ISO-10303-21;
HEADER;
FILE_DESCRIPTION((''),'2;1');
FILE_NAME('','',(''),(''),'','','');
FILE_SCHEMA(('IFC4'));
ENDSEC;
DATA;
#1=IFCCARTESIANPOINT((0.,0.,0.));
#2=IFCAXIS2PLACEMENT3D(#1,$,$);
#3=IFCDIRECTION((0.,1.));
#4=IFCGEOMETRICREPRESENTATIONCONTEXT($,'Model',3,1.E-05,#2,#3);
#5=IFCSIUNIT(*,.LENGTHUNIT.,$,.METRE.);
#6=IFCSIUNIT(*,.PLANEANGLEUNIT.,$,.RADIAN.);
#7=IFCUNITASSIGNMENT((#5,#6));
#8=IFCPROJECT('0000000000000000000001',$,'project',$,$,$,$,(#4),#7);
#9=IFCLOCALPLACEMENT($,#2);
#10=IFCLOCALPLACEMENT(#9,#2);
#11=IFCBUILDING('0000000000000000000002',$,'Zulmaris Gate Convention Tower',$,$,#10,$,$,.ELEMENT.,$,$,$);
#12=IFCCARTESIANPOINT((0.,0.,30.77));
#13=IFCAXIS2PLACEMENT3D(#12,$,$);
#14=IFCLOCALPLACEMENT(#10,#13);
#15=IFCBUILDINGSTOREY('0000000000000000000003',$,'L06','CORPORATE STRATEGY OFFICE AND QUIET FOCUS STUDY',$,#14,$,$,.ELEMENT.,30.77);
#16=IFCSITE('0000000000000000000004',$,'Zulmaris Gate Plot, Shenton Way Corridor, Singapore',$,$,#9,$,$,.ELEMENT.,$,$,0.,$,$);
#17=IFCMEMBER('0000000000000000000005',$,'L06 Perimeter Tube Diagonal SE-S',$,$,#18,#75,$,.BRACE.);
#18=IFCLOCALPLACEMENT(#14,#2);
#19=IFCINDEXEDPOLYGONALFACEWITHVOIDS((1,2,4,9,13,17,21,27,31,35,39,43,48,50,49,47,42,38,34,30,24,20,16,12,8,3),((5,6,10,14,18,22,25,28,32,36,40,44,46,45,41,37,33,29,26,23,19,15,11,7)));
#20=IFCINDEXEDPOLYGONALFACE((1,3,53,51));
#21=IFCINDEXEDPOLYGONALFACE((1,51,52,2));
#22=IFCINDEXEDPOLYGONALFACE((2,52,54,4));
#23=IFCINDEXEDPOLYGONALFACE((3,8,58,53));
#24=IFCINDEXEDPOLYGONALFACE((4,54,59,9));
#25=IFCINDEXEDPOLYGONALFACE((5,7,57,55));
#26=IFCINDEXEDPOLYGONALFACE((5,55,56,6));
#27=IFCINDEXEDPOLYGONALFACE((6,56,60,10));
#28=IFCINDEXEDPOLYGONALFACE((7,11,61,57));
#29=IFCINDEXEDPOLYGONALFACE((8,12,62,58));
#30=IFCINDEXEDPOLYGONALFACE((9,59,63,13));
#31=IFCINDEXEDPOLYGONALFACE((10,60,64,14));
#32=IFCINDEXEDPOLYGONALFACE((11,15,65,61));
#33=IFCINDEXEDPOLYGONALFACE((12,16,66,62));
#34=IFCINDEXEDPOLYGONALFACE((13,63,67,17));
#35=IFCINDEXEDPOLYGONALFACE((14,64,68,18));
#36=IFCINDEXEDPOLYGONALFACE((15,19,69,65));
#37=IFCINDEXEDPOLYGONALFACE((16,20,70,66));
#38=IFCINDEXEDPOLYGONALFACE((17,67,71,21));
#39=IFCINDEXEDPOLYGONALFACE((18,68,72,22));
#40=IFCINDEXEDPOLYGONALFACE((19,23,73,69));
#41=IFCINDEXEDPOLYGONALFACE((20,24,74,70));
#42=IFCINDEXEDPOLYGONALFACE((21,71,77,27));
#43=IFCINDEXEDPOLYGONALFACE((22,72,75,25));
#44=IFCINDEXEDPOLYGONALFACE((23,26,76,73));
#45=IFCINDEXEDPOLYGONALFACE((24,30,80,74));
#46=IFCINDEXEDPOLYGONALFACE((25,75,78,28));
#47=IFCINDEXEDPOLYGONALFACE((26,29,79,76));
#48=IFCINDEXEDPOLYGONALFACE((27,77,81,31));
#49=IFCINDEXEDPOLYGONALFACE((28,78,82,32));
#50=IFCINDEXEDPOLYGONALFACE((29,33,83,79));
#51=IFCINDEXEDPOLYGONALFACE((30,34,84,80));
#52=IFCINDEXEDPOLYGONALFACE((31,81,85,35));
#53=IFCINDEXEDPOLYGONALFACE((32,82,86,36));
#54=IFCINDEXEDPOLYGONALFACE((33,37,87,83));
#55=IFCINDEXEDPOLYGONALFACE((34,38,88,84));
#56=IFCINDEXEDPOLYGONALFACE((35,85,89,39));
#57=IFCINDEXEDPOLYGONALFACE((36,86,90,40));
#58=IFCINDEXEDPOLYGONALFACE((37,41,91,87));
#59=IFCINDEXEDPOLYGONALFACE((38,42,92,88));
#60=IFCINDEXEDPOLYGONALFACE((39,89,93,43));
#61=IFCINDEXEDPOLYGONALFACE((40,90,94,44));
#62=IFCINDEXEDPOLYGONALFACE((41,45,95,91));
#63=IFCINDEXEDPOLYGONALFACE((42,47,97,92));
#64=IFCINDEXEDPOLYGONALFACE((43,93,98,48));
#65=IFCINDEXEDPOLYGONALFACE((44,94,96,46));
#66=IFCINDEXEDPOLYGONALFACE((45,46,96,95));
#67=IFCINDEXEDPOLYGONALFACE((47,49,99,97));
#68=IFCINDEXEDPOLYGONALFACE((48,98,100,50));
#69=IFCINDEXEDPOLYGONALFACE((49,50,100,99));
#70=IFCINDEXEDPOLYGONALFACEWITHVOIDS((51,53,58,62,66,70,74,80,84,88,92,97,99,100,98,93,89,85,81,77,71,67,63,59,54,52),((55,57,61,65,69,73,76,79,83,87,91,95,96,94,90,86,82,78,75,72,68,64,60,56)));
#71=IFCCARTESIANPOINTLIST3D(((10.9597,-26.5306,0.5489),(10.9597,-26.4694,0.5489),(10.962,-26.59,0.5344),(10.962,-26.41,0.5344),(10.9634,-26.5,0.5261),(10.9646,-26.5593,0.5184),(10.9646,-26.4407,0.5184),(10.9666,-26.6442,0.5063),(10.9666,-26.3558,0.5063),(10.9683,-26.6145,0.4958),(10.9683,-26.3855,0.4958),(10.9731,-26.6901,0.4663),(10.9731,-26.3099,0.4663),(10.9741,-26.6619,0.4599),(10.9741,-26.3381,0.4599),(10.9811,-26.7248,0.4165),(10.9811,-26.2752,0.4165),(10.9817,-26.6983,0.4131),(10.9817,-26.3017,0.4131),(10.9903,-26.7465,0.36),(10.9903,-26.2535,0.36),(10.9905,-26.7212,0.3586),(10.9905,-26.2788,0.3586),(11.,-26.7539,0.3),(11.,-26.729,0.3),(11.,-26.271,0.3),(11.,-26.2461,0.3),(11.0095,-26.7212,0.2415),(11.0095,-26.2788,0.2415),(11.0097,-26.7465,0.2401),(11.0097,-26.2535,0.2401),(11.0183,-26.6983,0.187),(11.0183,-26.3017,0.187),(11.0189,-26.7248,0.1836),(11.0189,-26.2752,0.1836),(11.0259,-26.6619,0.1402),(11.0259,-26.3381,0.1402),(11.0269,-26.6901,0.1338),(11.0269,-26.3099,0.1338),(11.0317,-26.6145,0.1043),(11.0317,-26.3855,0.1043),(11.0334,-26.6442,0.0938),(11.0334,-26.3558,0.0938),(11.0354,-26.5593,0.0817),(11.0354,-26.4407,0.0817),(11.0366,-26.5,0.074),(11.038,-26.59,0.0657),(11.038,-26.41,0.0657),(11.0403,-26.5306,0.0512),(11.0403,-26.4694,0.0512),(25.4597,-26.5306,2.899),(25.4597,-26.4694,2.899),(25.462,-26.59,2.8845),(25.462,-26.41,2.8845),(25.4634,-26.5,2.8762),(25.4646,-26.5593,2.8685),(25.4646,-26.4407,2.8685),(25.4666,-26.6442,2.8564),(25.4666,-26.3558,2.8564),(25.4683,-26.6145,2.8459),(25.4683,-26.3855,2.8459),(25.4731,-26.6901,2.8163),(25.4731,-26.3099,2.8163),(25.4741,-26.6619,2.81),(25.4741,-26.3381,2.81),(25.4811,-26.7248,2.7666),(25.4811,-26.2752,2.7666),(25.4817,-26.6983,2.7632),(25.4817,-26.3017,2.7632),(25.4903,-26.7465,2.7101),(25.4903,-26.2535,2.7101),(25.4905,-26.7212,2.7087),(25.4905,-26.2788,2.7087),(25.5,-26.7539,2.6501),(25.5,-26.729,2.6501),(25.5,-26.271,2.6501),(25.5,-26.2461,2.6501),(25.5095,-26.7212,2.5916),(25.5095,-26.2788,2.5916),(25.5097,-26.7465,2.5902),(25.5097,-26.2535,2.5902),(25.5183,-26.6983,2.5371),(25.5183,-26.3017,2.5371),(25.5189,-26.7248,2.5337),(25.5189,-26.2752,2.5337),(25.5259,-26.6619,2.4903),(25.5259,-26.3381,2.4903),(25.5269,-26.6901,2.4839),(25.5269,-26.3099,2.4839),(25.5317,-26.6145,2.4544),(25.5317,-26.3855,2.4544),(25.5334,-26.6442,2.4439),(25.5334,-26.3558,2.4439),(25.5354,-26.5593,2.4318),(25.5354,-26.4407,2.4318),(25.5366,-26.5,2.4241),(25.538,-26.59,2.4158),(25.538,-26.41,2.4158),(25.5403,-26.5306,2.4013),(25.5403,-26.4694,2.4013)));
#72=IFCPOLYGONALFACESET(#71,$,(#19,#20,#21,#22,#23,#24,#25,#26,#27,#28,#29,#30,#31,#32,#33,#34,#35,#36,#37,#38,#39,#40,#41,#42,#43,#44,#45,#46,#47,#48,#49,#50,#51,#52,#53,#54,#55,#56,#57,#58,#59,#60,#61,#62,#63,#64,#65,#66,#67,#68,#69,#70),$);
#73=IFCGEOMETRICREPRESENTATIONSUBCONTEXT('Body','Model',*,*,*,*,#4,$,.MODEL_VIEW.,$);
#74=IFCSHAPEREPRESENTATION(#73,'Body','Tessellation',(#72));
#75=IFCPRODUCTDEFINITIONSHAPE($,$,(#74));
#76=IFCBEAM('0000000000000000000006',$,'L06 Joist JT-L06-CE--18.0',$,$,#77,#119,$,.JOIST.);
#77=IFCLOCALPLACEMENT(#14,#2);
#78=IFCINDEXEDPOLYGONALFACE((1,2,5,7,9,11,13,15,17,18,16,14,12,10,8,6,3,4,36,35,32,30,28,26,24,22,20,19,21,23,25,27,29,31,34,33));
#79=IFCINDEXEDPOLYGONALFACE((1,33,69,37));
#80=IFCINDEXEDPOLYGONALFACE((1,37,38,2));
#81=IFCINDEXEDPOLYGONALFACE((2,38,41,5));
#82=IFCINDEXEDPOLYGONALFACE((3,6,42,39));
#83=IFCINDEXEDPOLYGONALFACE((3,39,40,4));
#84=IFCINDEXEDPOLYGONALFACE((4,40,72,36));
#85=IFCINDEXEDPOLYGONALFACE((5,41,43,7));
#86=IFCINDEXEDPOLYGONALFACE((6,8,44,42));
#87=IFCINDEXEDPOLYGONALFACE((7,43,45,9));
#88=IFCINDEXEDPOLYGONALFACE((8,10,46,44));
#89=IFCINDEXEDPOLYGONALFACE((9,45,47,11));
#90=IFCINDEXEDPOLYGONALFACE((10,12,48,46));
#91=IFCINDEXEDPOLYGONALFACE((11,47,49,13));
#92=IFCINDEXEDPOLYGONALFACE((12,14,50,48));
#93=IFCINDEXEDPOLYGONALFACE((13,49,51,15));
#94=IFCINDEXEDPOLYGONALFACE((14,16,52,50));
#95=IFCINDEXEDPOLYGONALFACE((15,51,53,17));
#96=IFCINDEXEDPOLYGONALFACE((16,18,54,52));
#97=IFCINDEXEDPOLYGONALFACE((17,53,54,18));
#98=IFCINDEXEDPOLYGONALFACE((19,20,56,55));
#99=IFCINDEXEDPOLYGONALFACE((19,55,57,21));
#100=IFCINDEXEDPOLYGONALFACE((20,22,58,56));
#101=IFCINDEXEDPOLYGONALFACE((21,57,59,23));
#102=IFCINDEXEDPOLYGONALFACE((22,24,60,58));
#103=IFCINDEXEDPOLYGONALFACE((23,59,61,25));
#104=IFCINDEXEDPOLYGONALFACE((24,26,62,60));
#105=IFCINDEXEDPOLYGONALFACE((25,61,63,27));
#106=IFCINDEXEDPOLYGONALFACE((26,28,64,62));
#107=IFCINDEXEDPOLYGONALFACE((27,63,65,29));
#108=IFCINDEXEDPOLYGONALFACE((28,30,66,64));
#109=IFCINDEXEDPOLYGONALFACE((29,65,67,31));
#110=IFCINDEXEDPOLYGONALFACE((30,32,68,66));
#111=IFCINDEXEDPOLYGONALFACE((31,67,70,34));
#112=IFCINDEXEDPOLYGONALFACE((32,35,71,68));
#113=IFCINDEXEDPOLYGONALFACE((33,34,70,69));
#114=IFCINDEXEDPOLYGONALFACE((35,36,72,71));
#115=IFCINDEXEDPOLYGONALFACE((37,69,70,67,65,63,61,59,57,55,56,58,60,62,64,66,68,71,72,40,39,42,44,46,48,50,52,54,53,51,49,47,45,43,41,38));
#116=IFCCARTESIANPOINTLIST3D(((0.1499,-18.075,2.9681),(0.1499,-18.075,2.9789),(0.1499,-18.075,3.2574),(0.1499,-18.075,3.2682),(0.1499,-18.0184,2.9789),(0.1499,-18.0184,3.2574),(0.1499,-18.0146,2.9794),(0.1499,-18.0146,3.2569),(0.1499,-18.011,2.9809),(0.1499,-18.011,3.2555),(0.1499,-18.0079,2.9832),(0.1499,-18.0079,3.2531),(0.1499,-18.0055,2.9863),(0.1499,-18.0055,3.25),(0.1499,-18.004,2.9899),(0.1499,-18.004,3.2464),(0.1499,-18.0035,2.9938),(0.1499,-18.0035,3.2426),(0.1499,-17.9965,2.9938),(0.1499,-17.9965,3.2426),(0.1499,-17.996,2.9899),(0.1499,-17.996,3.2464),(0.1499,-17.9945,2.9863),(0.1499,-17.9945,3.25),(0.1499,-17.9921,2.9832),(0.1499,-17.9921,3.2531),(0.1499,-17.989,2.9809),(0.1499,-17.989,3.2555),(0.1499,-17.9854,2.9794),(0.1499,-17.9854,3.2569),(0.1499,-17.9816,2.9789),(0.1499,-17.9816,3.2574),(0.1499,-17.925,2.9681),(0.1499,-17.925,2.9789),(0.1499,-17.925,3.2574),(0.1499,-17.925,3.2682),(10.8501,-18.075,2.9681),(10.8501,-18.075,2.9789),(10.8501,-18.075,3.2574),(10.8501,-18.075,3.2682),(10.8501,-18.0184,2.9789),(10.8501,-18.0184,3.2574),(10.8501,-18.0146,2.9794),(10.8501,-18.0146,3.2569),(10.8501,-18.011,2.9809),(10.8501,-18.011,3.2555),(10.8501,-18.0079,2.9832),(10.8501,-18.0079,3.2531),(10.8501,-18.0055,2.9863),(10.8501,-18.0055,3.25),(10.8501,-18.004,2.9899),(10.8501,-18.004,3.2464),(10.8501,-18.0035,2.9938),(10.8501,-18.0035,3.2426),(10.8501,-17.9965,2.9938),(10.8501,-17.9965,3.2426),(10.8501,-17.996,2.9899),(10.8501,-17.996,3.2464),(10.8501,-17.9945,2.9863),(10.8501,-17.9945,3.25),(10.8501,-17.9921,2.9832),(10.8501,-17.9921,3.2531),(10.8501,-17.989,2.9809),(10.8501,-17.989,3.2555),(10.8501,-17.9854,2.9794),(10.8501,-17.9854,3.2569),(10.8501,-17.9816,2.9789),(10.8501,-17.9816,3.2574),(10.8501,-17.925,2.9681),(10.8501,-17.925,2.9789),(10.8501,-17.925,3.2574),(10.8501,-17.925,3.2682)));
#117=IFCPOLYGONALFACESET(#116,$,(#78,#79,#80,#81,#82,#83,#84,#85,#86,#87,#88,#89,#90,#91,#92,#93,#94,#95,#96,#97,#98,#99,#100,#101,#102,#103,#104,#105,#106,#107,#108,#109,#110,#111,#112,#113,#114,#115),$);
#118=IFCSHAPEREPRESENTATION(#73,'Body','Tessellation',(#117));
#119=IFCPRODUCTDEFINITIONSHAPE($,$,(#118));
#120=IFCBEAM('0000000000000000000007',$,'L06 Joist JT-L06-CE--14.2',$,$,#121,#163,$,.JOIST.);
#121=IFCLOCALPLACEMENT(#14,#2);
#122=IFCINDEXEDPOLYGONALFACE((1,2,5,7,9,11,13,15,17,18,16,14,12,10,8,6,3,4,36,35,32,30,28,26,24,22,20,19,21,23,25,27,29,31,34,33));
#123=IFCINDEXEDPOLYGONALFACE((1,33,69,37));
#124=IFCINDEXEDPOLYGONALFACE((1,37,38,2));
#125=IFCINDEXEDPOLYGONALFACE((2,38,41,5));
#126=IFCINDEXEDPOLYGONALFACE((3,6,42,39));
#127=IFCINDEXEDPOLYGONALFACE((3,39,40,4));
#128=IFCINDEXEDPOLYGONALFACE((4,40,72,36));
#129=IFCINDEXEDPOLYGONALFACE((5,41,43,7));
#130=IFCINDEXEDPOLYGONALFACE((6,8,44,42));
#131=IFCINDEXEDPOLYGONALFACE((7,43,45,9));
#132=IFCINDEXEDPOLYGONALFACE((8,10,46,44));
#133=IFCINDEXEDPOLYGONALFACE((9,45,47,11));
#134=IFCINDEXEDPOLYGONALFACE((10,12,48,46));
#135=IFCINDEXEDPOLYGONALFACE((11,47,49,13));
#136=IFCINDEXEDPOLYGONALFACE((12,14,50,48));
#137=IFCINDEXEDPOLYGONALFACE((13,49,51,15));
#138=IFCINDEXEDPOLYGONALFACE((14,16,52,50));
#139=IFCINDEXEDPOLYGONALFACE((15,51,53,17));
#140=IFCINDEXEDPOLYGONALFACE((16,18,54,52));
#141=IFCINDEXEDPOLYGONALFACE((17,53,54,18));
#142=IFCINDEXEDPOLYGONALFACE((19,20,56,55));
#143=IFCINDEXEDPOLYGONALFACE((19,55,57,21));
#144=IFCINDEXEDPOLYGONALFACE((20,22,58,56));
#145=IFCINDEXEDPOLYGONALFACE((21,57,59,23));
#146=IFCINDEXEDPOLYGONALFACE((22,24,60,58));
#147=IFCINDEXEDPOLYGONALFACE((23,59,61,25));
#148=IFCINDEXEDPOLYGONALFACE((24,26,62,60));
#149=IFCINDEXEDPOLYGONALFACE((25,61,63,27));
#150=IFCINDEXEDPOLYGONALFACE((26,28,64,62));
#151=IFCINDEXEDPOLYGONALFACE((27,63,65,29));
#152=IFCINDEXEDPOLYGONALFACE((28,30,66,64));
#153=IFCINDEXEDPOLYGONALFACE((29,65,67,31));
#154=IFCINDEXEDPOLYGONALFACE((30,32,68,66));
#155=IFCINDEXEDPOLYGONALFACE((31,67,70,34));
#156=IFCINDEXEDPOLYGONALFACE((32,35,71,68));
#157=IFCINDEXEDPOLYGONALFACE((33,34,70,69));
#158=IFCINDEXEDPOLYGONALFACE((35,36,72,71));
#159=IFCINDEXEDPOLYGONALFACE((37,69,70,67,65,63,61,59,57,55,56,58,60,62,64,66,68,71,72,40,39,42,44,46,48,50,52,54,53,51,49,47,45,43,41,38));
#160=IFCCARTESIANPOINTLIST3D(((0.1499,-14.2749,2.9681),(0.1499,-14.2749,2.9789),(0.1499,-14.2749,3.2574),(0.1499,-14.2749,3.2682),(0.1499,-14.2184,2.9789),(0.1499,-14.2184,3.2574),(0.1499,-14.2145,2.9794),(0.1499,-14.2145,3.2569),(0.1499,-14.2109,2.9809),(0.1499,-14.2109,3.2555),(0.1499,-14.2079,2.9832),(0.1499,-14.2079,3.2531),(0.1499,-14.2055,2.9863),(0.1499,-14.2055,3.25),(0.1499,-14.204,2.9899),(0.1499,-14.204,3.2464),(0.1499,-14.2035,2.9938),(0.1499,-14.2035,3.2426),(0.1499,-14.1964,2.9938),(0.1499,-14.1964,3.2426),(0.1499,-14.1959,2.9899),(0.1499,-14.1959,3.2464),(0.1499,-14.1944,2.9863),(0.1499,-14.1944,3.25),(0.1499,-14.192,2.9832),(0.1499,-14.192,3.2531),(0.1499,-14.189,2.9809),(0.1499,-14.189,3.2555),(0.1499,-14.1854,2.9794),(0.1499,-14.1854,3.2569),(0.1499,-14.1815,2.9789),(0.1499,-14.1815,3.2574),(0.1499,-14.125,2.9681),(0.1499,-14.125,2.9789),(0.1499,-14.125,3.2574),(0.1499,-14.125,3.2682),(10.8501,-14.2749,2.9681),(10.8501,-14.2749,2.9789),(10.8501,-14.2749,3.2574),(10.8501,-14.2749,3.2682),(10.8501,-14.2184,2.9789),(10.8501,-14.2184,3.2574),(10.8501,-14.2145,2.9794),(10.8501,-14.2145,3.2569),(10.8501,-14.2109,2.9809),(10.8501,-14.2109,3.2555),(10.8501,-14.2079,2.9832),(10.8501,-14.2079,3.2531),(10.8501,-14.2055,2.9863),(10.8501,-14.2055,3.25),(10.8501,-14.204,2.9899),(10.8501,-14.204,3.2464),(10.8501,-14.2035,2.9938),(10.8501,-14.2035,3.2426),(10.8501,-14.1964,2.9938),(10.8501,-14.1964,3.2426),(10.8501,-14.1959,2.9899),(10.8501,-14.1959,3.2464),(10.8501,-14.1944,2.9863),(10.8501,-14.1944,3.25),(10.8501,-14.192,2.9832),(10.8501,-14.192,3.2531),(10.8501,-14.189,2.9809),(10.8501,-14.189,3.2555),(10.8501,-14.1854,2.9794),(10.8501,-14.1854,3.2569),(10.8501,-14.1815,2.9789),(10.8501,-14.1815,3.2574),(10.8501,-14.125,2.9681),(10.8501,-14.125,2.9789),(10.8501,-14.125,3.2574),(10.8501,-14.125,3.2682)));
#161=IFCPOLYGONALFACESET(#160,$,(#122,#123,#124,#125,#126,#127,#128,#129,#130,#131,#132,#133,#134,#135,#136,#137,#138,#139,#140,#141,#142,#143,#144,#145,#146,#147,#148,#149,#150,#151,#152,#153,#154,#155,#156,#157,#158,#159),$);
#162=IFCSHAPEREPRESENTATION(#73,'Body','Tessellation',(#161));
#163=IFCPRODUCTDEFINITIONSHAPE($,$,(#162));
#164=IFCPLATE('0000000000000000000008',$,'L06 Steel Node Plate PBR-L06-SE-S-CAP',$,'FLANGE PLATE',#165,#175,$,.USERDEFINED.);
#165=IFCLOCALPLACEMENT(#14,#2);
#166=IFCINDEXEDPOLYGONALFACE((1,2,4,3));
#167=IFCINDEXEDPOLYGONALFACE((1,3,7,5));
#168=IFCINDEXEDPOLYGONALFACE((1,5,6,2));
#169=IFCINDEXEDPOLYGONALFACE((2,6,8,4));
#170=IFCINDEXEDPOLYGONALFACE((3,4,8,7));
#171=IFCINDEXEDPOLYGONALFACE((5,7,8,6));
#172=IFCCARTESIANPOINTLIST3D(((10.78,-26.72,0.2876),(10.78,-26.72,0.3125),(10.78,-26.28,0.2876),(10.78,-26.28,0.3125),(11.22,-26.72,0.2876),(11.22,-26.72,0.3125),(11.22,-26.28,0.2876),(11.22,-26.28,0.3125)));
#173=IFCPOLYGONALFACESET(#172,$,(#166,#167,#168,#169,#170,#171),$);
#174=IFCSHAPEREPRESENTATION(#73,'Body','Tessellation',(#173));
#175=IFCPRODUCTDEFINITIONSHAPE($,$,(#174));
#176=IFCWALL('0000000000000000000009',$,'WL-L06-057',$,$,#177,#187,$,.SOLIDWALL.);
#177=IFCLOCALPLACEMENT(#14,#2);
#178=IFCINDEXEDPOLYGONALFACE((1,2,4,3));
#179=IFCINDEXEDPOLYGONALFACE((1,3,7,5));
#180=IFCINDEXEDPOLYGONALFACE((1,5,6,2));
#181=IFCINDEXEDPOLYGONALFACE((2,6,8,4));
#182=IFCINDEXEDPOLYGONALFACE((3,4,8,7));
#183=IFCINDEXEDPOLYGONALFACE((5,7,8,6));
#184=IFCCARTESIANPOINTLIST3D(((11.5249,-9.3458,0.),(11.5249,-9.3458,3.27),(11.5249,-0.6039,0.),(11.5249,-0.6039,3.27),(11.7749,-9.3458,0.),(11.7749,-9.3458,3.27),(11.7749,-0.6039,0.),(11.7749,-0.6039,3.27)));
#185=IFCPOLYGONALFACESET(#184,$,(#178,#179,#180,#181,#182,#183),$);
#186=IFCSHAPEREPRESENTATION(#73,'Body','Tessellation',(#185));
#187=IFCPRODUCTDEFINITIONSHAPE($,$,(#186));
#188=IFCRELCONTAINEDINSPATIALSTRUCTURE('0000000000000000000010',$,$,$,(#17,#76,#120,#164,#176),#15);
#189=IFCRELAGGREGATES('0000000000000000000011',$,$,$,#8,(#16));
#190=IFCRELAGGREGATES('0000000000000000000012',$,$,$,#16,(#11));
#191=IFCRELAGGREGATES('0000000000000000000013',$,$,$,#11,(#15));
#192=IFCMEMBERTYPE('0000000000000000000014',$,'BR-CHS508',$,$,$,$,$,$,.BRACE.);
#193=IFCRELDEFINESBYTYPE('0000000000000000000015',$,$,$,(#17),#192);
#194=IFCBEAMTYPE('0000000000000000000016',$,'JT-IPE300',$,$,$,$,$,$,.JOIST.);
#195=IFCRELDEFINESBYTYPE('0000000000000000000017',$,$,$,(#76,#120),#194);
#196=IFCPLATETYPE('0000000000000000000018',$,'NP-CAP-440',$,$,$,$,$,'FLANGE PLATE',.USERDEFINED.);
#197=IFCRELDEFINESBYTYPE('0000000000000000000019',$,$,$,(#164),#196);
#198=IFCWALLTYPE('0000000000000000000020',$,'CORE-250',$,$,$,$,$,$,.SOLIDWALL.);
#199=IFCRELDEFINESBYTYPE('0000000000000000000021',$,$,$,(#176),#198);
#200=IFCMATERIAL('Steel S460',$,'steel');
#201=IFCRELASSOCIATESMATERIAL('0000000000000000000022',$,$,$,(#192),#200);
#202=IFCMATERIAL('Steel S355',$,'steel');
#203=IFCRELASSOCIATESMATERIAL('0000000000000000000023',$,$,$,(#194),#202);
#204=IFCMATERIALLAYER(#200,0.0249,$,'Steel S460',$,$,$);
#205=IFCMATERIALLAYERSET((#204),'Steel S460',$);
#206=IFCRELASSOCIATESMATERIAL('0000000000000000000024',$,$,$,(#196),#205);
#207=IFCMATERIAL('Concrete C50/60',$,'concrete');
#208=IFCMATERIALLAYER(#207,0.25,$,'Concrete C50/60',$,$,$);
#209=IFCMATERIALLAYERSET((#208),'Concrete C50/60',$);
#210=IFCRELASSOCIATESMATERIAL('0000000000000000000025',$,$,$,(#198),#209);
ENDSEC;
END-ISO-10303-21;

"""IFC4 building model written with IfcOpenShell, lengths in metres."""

from ifc_helpers import new_model, si_unit, direction, frame, frame_2d, origin, origin_2d, place, context, subcontext, project, spatial, rectangle, hollow_circle, i_section, extrude, material, layer, layer_set, material_profile, profile_set, type_object, element, save


model = new_model("IFC4")

# Units and contexts
model_context = context("Model", 3, precision=1e-05, world=origin(), true_north=direction((0.0, 1.0)))
body_context = subcontext(model_context, "Body", "Model", "MODEL_VIEW")
ifc_project = project(units=[si_unit("LENGTHUNIT", "METRE"), si_unit("PLANEANGLEUNIT", "RADIAN")], contexts=[model_context])

# Site, building, storey
site_placement = place(None, origin())
site = spatial("IfcSite", under=ifc_project, at=site_placement, Name="Zulmaris Gate Plot, Shenton Way Corridor, Singapore", CompositionType="ELEMENT", RefElevation=0.0)
building_placement = place(site_placement, origin())
building = spatial("IfcBuilding", under=site, at=building_placement, Name="Zulmaris Gate Convention Tower", CompositionType="ELEMENT")
storey_placement = place(building_placement, frame((0.0, 0.0, 30.77)))
storey = spatial("IfcBuildingStorey", under=building, at=storey_placement, Name="L06", Description="CORPORATE STRATEGY OFFICE AND QUIET FOCUS STUDY", CompositionType="ELEMENT", Elevation=30.77)

# Shared definitions
ifc_material_1 = material(Name="Steel S355", Category="steel")

# Member
ifc_material_2 = material(Name="Steel S460", Category="steel")
ifc_material_profile_1 = material_profile(ifc_material_2, hollow_circle(Radius=0.2539, WallThickness=0.0249, at=origin_2d()), Name="CHS 508x25")
ifc_profile_set_1 = profile_set([ifc_material_profile_1], Name="Steel S460")
member_type = type_object("IfcMemberType", Name="BR-CHS508", PredefinedType="BRACE", material=ifc_profile_set_1)
member_placement = place(storey_placement, frame((11.0, -26.5, 0.3), z_axis=(0.987119, 0.0, 0.159988), x_axis=(0.0, 1.0, 0.0)))
element("IfcMember", 1, at=member_placement, inside=storey, type_object=member_type, Name="L06 Perimeter Tube Diagonal SE-S", PredefinedType="BRACE", context=body_context, shape_type="SweptSolid", body=[
    extrude(hollow_circle(Radius=0.2539, WallThickness=0.0249, at=origin_2d()), origin(), (0.0, 0.0, 1.0), 14.6892),
])

# Beams
ifc_material_profile_2 = material_profile(ifc_material_1, i_section(OverallWidth=0.1499, OverallDepth=0.3, WebThickness=0.0071, FlangeThickness=0.0107, FilletRadius=0.0149, at=origin_2d()), Name="IPE 300")
ifc_profile_set_2 = profile_set([ifc_material_profile_2], Name="Steel S355")
beam_type_1 = type_object("IfcBeamType", Name="JT-IPE300", PredefinedType="JOIST", material=ifc_profile_set_2)
for number, where, z_axis, x_axis, name in (
    (2, (0.1499, -18.0, 3.1182), (1.0, 0.0, 0.0), (0.0, 1.0, 0.0), "L06 Joist JT-L06-CE--18.0"),
    (3, (0.1499, -14.2, 3.1182), (1.0, 0.0, 0.0), (0.0, 1.0, 0.0), "L06 Joist JT-L06-CE--14.2"),
):
    element("IfcBeam", number, at=place(storey_placement, frame(where, z_axis=z_axis, x_axis=x_axis)), inside=storey, type_object=beam_type_1, Name=name, PredefinedType="JOIST", context=body_context, shape_type="SweptSolid", body=[
        extrude(i_section(OverallWidth=0.1499, OverallDepth=0.3, WebThickness=0.0071, FlangeThickness=0.0107, FilletRadius=0.0149, at=origin_2d()), origin(), (0.0, 0.0, 1.0), 10.7002),
    ])

# Plate
ifc_layer_1 = layer(ifc_material_2, 0.0249, Name="Steel S460")
ifc_layer_set_1 = layer_set([ifc_layer_1], Name="Steel S460")
plate_type = type_object("IfcPlateType", Name="NP-CAP-440", ElementType="FLANGE PLATE", PredefinedType="USERDEFINED", material=ifc_layer_set_1)
plate_placement = place(storey_placement, frame((11.0, -26.5, 0.2876), z_axis=(0.0, 0.0, 1.0), x_axis=(1.0, 0.0, 0.0)))
element("IfcPlate", 4, at=plate_placement, inside=storey, type_object=plate_type, Name="L06 Steel Node Plate PBR-L06-SE-S-CAP", ObjectType="FLANGE PLATE", PredefinedType="USERDEFINED", context=body_context, shape_type="SweptSolid", body=[
    extrude(rectangle(XDim=0.4399, YDim=0.4399, at=origin_2d()), origin(), (0.0, 0.0, 1.0), 0.0249),
])

# Wall
ifc_material_3 = material(Name="Concrete C50/60", Category="concrete")
ifc_layer_2 = layer(ifc_material_3, 0.25, Name="Concrete C50/60")
ifc_layer_set_2 = layer_set([ifc_layer_2], Name="Concrete C50/60")
wall_type_1 = type_object("IfcWallType", Name="CORE-250", PredefinedType="SOLIDWALL", material=ifc_layer_set_2)
wall_1_placement = place(storey_placement, frame((11.6499, -9.3459, 0.0), z_axis=(0.0, 0.0, 1.0), x_axis=(0.0, 1.0, 0.0)))
element("IfcWall", 5, at=wall_1_placement, inside=storey, type_object=wall_type_1, Name="WL-L06-057", PredefinedType="SOLIDWALL", context=body_context, shape_type="SweptSolid", body=[
    extrude(rectangle(XDim=8.7419, YDim=0.25, at=frame_2d((4.3711, 0.0))), origin(), (0.0, 0.0, 1.0), 3.27),
])

save(model, "model.ifc")
